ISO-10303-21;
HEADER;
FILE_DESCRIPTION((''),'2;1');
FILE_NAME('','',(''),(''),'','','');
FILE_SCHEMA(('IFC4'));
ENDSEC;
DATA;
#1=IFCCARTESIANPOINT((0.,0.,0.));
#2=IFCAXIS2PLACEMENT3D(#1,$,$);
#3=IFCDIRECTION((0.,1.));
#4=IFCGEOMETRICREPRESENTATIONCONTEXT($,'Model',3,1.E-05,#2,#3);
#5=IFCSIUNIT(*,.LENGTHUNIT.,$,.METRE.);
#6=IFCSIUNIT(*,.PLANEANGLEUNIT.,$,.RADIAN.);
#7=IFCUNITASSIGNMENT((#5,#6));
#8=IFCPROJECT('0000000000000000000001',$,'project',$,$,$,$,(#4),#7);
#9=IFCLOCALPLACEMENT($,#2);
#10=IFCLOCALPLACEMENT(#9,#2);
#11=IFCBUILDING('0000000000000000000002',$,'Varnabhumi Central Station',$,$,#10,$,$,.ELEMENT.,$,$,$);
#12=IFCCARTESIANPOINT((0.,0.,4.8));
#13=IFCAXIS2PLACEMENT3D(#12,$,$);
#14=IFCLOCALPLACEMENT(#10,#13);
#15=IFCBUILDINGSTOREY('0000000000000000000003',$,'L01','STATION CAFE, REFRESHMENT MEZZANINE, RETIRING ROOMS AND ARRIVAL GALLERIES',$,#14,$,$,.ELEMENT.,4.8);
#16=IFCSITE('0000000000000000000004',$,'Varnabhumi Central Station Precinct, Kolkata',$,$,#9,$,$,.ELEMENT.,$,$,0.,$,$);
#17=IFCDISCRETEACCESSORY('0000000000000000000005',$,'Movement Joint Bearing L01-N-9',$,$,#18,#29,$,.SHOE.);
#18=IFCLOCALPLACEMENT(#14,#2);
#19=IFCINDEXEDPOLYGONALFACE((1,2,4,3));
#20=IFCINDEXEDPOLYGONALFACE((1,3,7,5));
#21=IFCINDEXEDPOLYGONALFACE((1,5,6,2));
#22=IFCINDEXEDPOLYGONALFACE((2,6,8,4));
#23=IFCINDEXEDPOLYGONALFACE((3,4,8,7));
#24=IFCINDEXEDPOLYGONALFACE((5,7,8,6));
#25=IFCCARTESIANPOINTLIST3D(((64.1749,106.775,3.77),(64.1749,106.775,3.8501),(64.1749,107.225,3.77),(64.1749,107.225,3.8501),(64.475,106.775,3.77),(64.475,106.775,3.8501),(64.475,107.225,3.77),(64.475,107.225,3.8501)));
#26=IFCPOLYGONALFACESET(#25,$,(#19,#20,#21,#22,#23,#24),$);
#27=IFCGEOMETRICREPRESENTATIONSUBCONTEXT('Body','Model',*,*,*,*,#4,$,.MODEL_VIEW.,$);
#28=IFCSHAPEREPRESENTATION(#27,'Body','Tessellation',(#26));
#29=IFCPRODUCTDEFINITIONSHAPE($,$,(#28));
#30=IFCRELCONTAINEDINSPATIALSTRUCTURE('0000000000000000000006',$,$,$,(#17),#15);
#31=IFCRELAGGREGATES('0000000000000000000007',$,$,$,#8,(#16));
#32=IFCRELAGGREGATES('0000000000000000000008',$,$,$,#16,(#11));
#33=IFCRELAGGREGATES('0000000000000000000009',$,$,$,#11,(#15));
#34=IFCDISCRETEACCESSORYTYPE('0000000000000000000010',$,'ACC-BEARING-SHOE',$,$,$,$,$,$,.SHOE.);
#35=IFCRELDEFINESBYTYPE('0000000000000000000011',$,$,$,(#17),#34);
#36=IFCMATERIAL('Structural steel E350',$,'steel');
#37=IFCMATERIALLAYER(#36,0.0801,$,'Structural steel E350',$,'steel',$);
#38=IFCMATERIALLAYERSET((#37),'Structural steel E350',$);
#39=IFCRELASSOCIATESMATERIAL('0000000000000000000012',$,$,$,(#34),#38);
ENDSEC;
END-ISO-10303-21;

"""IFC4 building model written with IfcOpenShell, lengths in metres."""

from ifc_helpers import new_model, si_unit, direction, frame, origin, origin_2d, place, context, subcontext, project, spatial, rectangle, extrude, material, layer, layer_set, type_object, element, save


model = new_model("IFC4")

# Units and contexts
model_context = context("Model", 3, precision=1e-05, world=origin(), true_north=direction((0.0, 1.0)))
body_context = subcontext(model_context, "Body", "Model", "MODEL_VIEW")
ifc_project = project(units=[si_unit("LENGTHUNIT", "METRE"), si_unit("PLANEANGLEUNIT", "RADIAN")], contexts=[model_context])

# Site, building, storey
site_placement = place(None, origin())
site = spatial("IfcSite", under=ifc_project, at=site_placement, Name="Varnabhumi Central Station Precinct, Kolkata", CompositionType="ELEMENT", RefElevation=0.0)
building_placement = place(site_placement, origin())
building = spatial("IfcBuilding", under=site, at=building_placement, Name="Varnabhumi Central Station", CompositionType="ELEMENT")
storey_placement = place(building_placement, frame((0.0, 0.0, 4.8)))
storey = spatial("IfcBuildingStorey", under=building, at=storey_placement, Name="L01", Description="STATION CAFE, REFRESHMENT MEZZANINE, RETIRING ROOMS AND ARRIVAL GALLERIES", CompositionType="ELEMENT", Elevation=4.8)

# Discrete accessory
ifc_material_1 = material(Name="Structural steel E350", Category="steel")
ifc_layer_1 = layer(ifc_material_1, 0.0801, Name="Structural steel E350", Category="steel")
ifc_layer_set_1 = layer_set([ifc_layer_1], Name="Structural steel E350")
discrete_accessory_type = type_object("IfcDiscreteAccessoryType", Name="ACC-BEARING-SHOE", PredefinedType="SHOE", material=ifc_layer_set_1)
discrete_accessory_placement = place(storey_placement, frame((64.325, 107.0, 3.77), z_axis=(0.0, 0.0, 1.0), x_axis=(1.0, 0.0, 0.0)))
element("IfcDiscreteAccessory", 1, at=discrete_accessory_placement, inside=storey, type_object=discrete_accessory_type, Name="Movement Joint Bearing L01-N-9", PredefinedType="SHOE", context=body_context, shape_type="SweptSolid", body=[
    extrude(rectangle(XDim=0.3, YDim=0.45, at=origin_2d()), origin(), (0.0, 0.0, 1.0), 0.0801),
])

save(model, "model.ifc")
